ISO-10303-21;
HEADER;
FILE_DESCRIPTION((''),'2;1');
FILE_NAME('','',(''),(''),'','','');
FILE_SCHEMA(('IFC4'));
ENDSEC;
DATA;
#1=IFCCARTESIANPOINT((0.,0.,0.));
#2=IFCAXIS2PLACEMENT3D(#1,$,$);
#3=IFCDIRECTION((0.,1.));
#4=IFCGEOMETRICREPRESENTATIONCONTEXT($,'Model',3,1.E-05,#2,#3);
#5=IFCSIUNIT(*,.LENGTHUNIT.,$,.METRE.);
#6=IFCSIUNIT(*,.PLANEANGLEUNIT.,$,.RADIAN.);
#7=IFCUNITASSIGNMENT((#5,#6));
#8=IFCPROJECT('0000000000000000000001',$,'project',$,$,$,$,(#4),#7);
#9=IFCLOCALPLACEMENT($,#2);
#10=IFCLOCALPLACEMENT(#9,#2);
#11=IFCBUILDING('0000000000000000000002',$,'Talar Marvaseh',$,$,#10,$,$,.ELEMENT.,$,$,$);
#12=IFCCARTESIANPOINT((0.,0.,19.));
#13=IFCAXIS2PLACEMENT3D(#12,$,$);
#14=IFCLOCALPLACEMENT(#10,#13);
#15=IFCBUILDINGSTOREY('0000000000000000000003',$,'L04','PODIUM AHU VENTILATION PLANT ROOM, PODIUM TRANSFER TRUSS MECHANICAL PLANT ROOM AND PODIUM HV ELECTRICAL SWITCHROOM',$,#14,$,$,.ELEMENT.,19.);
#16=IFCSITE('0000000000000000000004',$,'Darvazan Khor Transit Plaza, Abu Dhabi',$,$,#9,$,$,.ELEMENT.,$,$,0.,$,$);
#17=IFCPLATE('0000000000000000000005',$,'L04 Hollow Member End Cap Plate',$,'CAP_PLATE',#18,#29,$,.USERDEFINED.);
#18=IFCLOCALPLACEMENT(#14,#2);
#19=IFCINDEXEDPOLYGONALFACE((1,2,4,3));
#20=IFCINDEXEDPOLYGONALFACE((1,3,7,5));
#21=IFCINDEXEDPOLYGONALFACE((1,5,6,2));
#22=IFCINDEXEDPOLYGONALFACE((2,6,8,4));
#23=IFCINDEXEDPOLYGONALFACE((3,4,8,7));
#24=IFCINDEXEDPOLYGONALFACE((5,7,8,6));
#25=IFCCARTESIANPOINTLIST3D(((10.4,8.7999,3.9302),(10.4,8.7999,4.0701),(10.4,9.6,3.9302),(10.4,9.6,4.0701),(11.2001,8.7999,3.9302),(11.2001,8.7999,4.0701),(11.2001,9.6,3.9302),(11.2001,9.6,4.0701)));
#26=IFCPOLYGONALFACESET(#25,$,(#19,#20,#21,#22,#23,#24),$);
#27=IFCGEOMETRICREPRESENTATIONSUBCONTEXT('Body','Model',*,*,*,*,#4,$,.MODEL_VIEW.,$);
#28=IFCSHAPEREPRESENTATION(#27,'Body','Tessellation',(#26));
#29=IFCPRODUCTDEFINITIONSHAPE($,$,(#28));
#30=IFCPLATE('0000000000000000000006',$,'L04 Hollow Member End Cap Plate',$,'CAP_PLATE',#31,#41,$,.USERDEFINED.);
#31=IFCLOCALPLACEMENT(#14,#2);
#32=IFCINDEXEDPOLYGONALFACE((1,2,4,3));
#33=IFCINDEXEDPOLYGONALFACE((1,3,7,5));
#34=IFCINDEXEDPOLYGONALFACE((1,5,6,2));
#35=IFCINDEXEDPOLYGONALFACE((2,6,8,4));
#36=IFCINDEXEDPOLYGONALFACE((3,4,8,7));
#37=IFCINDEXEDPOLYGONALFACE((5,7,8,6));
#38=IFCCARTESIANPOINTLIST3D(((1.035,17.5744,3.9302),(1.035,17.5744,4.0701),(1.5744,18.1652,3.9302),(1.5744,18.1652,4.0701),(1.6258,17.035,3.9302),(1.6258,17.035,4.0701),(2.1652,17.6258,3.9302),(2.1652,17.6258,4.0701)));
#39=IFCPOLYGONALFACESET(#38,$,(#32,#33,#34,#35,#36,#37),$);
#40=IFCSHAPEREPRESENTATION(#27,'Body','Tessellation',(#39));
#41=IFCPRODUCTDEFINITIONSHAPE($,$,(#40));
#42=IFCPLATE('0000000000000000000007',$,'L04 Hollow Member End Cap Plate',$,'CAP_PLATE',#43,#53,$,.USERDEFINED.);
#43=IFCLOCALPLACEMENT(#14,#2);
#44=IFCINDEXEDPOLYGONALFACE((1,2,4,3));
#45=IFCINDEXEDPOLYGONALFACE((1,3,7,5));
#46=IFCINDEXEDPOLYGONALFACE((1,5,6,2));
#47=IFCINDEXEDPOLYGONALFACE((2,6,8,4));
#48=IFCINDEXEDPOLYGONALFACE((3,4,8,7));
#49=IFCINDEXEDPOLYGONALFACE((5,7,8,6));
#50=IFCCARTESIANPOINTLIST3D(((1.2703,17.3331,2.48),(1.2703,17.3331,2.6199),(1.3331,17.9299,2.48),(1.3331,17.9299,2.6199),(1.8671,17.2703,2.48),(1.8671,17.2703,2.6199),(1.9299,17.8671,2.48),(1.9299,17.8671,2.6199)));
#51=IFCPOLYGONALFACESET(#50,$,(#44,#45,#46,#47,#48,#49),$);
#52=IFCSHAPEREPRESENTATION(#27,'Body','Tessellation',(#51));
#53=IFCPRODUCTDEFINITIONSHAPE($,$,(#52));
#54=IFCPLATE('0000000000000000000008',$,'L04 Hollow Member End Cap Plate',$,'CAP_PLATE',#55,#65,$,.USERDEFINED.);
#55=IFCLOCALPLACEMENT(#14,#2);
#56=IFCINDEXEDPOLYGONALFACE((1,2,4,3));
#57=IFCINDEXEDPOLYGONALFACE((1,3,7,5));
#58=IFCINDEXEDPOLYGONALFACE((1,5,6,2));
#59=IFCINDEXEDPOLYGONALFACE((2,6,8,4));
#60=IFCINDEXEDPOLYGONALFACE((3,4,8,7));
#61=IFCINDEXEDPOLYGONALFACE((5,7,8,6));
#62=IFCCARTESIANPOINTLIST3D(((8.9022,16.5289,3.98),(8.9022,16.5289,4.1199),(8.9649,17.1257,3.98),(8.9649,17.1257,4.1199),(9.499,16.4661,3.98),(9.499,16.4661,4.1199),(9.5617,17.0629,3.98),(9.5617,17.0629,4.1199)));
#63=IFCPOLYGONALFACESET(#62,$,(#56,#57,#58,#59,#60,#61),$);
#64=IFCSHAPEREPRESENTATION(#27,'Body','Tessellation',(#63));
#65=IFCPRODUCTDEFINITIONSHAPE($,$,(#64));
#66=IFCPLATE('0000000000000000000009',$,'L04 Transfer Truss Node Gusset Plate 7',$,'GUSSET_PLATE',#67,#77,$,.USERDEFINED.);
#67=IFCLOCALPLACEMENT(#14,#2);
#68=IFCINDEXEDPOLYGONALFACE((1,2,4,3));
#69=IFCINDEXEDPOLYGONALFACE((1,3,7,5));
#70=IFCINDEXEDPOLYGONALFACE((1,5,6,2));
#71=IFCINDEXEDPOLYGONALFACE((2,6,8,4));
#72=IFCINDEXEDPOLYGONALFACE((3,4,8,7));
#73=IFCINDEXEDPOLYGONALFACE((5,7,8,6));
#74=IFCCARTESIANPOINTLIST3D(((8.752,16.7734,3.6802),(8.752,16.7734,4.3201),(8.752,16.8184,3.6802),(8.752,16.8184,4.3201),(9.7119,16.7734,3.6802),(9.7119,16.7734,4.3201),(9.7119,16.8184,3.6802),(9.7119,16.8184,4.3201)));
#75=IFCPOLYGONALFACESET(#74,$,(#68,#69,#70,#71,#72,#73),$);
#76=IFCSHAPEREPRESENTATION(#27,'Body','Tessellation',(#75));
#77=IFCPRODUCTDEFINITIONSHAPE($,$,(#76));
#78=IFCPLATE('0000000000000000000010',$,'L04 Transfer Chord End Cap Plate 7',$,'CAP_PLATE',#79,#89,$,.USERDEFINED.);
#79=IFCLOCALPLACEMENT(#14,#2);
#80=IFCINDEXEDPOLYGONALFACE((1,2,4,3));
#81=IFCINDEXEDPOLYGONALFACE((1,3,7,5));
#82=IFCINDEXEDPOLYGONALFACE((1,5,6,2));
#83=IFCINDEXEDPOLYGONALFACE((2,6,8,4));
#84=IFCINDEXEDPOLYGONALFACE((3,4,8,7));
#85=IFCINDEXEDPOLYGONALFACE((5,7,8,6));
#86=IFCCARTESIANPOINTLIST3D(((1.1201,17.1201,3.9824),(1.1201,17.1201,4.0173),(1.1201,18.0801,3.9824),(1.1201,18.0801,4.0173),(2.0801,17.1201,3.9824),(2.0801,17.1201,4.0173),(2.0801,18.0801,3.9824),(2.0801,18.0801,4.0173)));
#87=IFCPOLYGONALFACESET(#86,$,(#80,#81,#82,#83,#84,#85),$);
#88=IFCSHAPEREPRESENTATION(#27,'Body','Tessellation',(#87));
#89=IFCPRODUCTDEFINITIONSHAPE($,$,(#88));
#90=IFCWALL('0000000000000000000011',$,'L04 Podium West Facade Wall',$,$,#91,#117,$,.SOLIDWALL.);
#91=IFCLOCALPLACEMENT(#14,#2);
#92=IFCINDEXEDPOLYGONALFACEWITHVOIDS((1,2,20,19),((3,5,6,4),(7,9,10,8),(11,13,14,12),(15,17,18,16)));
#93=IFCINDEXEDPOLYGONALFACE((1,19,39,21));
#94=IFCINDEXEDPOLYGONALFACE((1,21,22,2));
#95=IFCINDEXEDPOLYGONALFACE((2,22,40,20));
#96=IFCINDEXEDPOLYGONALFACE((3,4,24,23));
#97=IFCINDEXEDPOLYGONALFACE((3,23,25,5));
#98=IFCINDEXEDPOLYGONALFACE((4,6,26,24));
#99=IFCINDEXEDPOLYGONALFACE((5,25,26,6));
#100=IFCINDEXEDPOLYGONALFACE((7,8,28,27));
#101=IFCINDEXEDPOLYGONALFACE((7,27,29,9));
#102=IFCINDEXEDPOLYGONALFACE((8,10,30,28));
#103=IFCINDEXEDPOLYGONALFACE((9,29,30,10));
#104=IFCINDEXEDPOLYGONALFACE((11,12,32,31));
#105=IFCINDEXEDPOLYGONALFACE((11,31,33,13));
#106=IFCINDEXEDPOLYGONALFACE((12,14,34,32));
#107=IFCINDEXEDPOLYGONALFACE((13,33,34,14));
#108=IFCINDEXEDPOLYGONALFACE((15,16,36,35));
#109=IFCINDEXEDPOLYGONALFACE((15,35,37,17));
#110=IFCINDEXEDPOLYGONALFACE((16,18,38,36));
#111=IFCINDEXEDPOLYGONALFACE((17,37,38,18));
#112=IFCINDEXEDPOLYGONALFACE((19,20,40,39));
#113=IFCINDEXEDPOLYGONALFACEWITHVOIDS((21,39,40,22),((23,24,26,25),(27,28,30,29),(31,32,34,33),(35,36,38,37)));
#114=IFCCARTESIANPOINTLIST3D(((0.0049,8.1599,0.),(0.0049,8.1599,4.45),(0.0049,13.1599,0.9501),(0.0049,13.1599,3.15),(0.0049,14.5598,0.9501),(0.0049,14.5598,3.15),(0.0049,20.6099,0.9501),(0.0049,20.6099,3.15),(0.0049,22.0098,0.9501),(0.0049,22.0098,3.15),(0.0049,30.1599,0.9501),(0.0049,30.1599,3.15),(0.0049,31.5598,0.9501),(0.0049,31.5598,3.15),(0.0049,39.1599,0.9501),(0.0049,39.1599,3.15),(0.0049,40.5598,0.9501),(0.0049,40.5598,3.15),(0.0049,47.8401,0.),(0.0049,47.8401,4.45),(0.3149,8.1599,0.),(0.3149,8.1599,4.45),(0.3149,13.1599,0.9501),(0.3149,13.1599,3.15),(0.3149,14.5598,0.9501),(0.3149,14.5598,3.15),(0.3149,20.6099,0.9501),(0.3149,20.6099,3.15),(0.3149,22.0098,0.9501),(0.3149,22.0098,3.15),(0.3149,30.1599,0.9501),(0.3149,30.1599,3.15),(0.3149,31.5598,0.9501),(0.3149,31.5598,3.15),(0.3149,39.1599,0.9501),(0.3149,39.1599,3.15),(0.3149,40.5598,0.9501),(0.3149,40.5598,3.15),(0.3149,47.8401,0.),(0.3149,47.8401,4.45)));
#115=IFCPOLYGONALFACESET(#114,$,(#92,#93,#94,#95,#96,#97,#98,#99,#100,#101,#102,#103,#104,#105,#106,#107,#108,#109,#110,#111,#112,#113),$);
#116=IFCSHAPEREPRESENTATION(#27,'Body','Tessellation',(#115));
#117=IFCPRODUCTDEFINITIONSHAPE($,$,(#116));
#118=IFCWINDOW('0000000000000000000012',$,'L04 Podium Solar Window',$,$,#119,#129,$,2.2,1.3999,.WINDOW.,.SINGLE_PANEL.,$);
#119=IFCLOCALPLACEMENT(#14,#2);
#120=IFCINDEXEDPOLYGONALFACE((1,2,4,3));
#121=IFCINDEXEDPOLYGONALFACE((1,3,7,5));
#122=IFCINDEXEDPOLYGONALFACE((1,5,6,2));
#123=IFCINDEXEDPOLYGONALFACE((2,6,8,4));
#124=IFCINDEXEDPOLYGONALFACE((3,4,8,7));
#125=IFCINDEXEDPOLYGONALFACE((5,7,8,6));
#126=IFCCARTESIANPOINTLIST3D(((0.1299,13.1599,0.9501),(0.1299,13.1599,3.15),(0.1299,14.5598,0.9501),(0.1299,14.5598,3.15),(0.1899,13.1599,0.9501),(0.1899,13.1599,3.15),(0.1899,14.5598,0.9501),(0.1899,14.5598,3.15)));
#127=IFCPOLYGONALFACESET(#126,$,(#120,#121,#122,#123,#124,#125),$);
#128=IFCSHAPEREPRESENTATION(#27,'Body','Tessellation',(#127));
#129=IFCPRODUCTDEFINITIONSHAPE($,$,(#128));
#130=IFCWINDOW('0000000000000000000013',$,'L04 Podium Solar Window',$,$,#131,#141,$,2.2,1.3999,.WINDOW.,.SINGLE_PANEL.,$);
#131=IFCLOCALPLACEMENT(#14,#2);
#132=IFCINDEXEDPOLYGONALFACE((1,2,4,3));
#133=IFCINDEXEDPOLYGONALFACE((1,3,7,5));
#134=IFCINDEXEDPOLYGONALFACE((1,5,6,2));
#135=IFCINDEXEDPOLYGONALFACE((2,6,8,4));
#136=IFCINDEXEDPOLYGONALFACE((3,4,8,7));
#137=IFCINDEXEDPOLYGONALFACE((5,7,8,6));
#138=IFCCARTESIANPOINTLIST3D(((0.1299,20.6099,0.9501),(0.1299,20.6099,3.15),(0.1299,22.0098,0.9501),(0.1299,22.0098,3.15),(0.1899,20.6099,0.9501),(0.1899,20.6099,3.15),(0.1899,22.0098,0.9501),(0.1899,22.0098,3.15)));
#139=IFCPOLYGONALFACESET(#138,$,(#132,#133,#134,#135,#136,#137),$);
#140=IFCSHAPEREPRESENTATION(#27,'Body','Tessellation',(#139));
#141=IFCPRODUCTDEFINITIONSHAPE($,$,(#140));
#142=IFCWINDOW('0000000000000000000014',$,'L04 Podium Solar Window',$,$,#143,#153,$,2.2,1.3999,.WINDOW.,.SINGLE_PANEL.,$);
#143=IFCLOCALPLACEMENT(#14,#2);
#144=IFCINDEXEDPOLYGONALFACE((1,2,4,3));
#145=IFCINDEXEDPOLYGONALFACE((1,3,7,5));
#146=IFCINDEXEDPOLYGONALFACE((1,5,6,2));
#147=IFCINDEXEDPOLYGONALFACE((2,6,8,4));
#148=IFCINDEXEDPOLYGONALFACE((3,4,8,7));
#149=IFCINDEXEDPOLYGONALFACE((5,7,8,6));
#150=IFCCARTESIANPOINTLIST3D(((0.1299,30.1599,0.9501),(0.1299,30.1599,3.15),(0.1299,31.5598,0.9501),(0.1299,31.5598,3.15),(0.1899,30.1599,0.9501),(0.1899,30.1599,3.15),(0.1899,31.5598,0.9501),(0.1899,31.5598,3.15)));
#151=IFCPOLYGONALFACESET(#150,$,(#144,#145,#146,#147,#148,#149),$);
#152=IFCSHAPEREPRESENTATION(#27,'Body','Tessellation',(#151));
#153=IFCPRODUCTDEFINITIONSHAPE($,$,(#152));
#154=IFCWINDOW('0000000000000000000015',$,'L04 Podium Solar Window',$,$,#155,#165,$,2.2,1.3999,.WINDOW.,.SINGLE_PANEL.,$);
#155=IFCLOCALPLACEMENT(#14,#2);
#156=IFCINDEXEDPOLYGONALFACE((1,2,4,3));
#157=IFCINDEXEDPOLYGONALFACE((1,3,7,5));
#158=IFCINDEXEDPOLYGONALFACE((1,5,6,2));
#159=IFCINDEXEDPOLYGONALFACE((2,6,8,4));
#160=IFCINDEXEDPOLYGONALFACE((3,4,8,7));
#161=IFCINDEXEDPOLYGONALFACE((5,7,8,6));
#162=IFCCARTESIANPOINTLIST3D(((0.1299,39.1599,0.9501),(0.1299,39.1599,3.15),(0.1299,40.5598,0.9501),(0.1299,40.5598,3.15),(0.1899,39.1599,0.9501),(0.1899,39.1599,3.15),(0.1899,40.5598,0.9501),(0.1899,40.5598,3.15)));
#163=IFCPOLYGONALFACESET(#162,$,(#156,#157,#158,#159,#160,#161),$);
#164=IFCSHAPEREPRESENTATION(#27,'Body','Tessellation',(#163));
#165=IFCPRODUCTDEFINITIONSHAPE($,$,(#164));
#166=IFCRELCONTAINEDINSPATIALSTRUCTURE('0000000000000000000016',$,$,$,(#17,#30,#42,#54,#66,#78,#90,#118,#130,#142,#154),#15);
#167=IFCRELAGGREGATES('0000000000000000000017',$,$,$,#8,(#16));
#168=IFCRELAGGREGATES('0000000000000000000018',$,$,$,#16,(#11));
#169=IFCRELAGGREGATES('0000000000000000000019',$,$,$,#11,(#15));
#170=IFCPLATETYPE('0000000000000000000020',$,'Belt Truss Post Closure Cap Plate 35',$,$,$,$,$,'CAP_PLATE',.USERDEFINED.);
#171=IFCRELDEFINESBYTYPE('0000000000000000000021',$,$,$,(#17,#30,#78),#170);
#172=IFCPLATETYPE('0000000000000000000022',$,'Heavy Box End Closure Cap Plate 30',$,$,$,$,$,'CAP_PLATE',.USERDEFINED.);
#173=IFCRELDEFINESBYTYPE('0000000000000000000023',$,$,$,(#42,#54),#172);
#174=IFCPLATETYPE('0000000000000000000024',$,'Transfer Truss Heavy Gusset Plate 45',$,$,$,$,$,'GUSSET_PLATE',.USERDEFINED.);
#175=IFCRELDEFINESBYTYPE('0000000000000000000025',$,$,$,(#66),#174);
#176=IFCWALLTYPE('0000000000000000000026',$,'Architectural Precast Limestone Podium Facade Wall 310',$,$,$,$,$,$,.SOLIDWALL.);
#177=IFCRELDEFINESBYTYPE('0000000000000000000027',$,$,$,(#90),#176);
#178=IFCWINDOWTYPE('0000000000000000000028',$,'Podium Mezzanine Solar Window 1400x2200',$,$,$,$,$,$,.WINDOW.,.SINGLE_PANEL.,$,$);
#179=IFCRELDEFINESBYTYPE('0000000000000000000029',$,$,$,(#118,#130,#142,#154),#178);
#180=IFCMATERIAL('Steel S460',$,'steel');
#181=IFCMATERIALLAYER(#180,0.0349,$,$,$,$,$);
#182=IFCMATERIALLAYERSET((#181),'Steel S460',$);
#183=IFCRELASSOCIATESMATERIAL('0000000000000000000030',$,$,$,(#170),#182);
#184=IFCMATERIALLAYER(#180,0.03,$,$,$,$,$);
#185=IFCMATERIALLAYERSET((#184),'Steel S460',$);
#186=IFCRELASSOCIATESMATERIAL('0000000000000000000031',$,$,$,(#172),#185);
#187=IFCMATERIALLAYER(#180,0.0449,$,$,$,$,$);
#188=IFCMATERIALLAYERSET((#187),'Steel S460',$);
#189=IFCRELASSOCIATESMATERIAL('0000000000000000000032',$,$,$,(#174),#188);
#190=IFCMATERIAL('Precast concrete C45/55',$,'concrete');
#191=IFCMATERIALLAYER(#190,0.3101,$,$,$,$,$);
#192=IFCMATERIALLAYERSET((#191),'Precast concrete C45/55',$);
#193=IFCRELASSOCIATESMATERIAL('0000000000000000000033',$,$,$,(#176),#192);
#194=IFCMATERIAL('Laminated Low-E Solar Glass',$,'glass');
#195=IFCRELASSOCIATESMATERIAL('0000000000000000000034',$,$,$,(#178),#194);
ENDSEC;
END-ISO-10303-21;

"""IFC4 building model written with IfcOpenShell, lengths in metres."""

from ifc_helpers import new_model, si_unit, direction, frame, frame_2d, origin, origin_2d, place, context, subcontext, project, spatial, rectangle, extrude, source, transform, mapped, material, layer, layer_set, type_object, type_shapes, element, fill, save


model = new_model("IFC4")

# Units and contexts
model_context = context("Model", 3, precision=1e-05, world=origin(), true_north=direction((0.0, 1.0)))
body_context = subcontext(model_context, "Body", "Model", "MODEL_VIEW")
ifc_project = project(units=[si_unit("LENGTHUNIT", "METRE"), si_unit("PLANEANGLEUNIT", "RADIAN")], contexts=[model_context])

# Site, building, storey
site_placement = place(None, origin())
site = spatial("IfcSite", under=ifc_project, at=site_placement, Name="Darvazan Khor Transit Plaza, Abu Dhabi", CompositionType="ELEMENT", RefElevation=0.0)
building_placement = place(site_placement, origin())
building = spatial("IfcBuilding", under=site, at=building_placement, Name="Talar Marvaseh", CompositionType="ELEMENT")
storey_placement = place(building_placement, frame((0.0, 0.0, 19.0)))
storey = spatial("IfcBuildingStorey", under=building, at=storey_placement, Name="L04", Description="PODIUM AHU VENTILATION PLANT ROOM, PODIUM TRANSFER TRUSS MECHANICAL PLANT ROOM AND PODIUM HV ELECTRICAL SWITCHROOM", CompositionType="ELEMENT", Elevation=19.0)

# Shared definitions
ifc_material_1 = material(Name="Steel S460", Category="steel")

# Plates
ifc_layer_1 = layer(ifc_material_1, 0.0349)
ifc_layer_set_1 = layer_set([ifc_layer_1], Name="Steel S460")
plate_type_1 = type_object("IfcPlateType", Name="Belt Truss Post Closure Cap Plate 35", ElementType="CAP_PLATE", PredefinedType="USERDEFINED", material=ifc_layer_set_1)
shared_shape_1 = source(origin(), body_context, "Body", "SweptSolid", [
    extrude(rectangle(XDim=0.8, YDim=0.8, at=origin_2d()), origin(), (0.0, 0.0, 1.0), 0.1399),
])
for number, where, z_axis, x_axis, name in (
    (1, (10.8, 9.2, 3.9302), (0.0, 0.0, 1.0), (-1.0, 0.0, 0.0), "L04 Hollow Member End Cap Plate"),
    (2, (1.6001, 17.6001, 3.9302), (0.0, 0.0, 1.0), (0.738455, -0.674302, 0.0), "L04 Hollow Member End Cap Plate"),
):
    element("IfcPlate", number, at=place(storey_placement, frame(where, z_axis=z_axis, x_axis=x_axis)), inside=storey, type_object=plate_type_1, Name=name, ObjectType="CAP_PLATE", PredefinedType="USERDEFINED", context=body_context, shape_type="MappedRepresentation", body=[
        mapped(shared_shape_1, transform((0.0, 0.0, 0.0), x_axis=(1.0, 0.0, 0.0), y_axis=(0.0, 1.0, 0.0), z_axis=(0.0, 0.0, 1.0), scale=1.0)),
    ])
ifc_layer_2 = layer(ifc_material_1, 0.03)
ifc_layer_set_2 = layer_set([ifc_layer_2], Name="Steel S460")
plate_type_2 = type_object("IfcPlateType", Name="Heavy Box End Closure Cap Plate 30", ElementType="CAP_PLATE", PredefinedType="USERDEFINED", material=ifc_layer_set_2)
shared_shape_2 = source(origin(), body_context, "Body", "SweptSolid", [
    extrude(rectangle(XDim=0.6001, YDim=0.6001, at=origin_2d()), origin(), (0.0, 0.0, 1.0), 0.1399),
])
type_shapes(plate_type_2, [shared_shape_2])
for number, where, z_axis, x_axis, name in (
    (3, (1.6001, 17.6001, 2.48), (0.0, 0.0, 1.0), (0.994522, -0.104528, 0.0), "L04 Hollow Member End Cap Plate"),
    (4, (9.2319, 16.7959, 3.98), (0.0, 0.0, 1.0), (0.994522, -0.104528, 0.0), "L04 Hollow Member End Cap Plate"),
):
    element("IfcPlate", number, at=place(storey_placement, frame(where, z_axis=z_axis, x_axis=x_axis)), inside=storey, type_object=plate_type_2, Name=name, ObjectType="CAP_PLATE", PredefinedType="USERDEFINED", context=body_context, shape_type="MappedRepresentation", body=[
        mapped(shared_shape_2, transform((0.0, 0.0, 0.0), x_axis=(1.0, 0.0, 0.0), y_axis=(0.0, 1.0, 0.0), z_axis=(0.0, 0.0, 1.0), scale=1.0)),
    ])
ifc_layer_3 = layer(ifc_material_1, 0.0449)
ifc_layer_set_3 = layer_set([ifc_layer_3], Name="Steel S460")
plate_type_3 = type_object("IfcPlateType", Name="Transfer Truss Heavy Gusset Plate 45", ElementType="GUSSET_PLATE", PredefinedType="USERDEFINED", material=ifc_layer_set_3)
shared_shape_3 = source(origin(), body_context, "Body", "SweptSolid", [
    extrude(rectangle(XDim=0.96, YDim=0.0449, at=origin_2d()), origin(), (0.0, 0.0, 1.0), 0.6399),
])
type_shapes(plate_type_3, [shared_shape_3])
plate_1_placement = place(storey_placement, frame((9.2319, 16.7959, 3.6802), z_axis=(0.0, 0.0, 1.0), x_axis=(-1.0, 0.0, 0.0)))
element("IfcPlate", 5, at=plate_1_placement, inside=storey, type_object=plate_type_3, Name="L04 Transfer Truss Node Gusset Plate 7", ObjectType="GUSSET_PLATE", PredefinedType="USERDEFINED", context=body_context, shape_type="MappedRepresentation", body=[
    mapped(shared_shape_3, transform((0.0, 0.0, 0.0), x_axis=(1.0, 0.0, 0.0), y_axis=(0.0, 1.0, 0.0), z_axis=(0.0, 0.0, 1.0), scale=1.0)),
])
shared_shape_4 = source(origin(), body_context, "Body", "SweptSolid", [
    extrude(rectangle(XDim=0.96, YDim=0.96, at=origin_2d()), origin(), (0.0, 0.0, 1.0), 0.0349),
])
type_shapes(plate_type_1, [shared_shape_1, shared_shape_4])
plate_2_placement = place(storey_placement, frame((1.6001, 17.6001, 3.9824), z_axis=(0.0, 0.0, 1.0), x_axis=(1.0, 0.0, 0.0)))
element("IfcPlate", 6, at=plate_2_placement, inside=storey, type_object=plate_type_1, Name="L04 Transfer Chord End Cap Plate 7", ObjectType="CAP_PLATE", PredefinedType="USERDEFINED", context=body_context, shape_type="MappedRepresentation", body=[
    mapped(shared_shape_4, transform((0.0, 0.0, 0.0), x_axis=(1.0, 0.0, 0.0), y_axis=(0.0, 1.0, 0.0), z_axis=(0.0, 0.0, 1.0), scale=1.0)),
])

# Wall, openings, windows
ifc_material_2 = material(Name="Precast concrete C45/55", Category="concrete")
ifc_layer_4 = layer(ifc_material_2, 0.3101)
ifc_layer_set_4 = layer_set([ifc_layer_4], Name="Precast concrete C45/55")
wall_type_1 = type_object("IfcWallType", Name="Architectural Precast Limestone Podium Facade Wall 310", PredefinedType="SOLIDWALL", material=ifc_layer_set_4)
wall_1_placement = place(storey_placement, frame((0.1599, 8.1599, 0.0), z_axis=(0.0, 0.0, 1.0), x_axis=(0.0, 1.0, 0.0)))
wall_1 = element("IfcWall", 7, at=wall_1_placement, inside=storey, type_object=wall_type_1, Name="L04 Podium West Facade Wall", PredefinedType="SOLIDWALL", context=body_context, shape_type="SweptSolid", body=[
    extrude(rectangle(XDim=39.6802, YDim=0.3101, at=frame_2d((19.8401, 0.0))), origin(), (0.0, 0.0, 1.0), 4.45),
])
opening_1_placement = place(wall_1_placement, frame((5.0, 0.0, 0.95)))
opening_1 = element("IfcOpeningElement", 8, at=opening_1_placement, cuts=wall_1, PredefinedType="OPENING", context=body_context, shape_type="SweptSolid", body=[
    extrude(rectangle(XDim=1.3999, YDim=2.2, at=frame_2d((0.7, 1.1001))), frame((0.0, 0.165, 0.0), z_axis=(0.0, -1.0, 0.0), x_axis=(1.0, 0.0, 0.0)), (0.0, 0.0, 1.0), 0.3301),
])
opening_2_placement = place(wall_1_placement, frame((12.45, 0.0, 0.95)))
opening_2 = element("IfcOpeningElement", 9, at=opening_2_placement, cuts=wall_1, PredefinedType="OPENING", context=body_context, shape_type="SweptSolid", body=[
    extrude(rectangle(XDim=1.3999, YDim=2.2, at=frame_2d((0.7, 1.1001))), frame((0.0, 0.165, 0.0), z_axis=(0.0, -1.0, 0.0), x_axis=(1.0, 0.0, 0.0)), (0.0, 0.0, 1.0), 0.3301),
])
opening_3_placement = place(wall_1_placement, frame((22.0, 0.0, 0.95)))
opening_3 = element("IfcOpeningElement", 10, at=opening_3_placement, cuts=wall_1, PredefinedType="OPENING", context=body_context, shape_type="SweptSolid", body=[
    extrude(rectangle(XDim=1.3999, YDim=2.2, at=frame_2d((0.7, 1.1001))), frame((0.0, 0.165, 0.0), z_axis=(0.0, -1.0, 0.0), x_axis=(1.0, 0.0, 0.0)), (0.0, 0.0, 1.0), 0.3301),
])
opening_4_placement = place(wall_1_placement, frame((31.0, 0.0, 0.95)))
opening_4 = element("IfcOpeningElement", 11, at=opening_4_placement, cuts=wall_1, PredefinedType="OPENING", context=body_context, shape_type="SweptSolid", body=[
    extrude(rectangle(XDim=1.3999, YDim=2.2, at=frame_2d((0.7, 1.1001))), frame((0.0, 0.165, 0.0), z_axis=(0.0, -1.0, 0.0), x_axis=(1.0, 0.0, 0.0)), (0.0, 0.0, 1.0), 0.3301),
])
ifc_material_3 = material(Name="Laminated Low-E Solar Glass", Category="glass")
window_type = type_object("IfcWindowType", Name="Podium Mezzanine Solar Window 1400x2200", PartitioningType="SINGLE_PANEL", PredefinedType="WINDOW", material=ifc_material_3)
shared_shape_5 = source(origin(), body_context, "Body", "SweptSolid", [
    extrude(rectangle(XDim=1.3999, YDim=2.2, at=frame_2d((0.7, 1.1001))), frame((0.0, 0.03, 0.0), z_axis=(0.0, -1.0, 0.0), x_axis=(1.0, 0.0, 0.0)), (0.0, 0.0, 1.0), 0.0601),
])
type_shapes(window_type, [shared_shape_5])
window_1_placement = place(opening_1_placement, origin())
window_1 = element("IfcWindow", 12, at=window_1_placement, inside=storey, type_object=window_type, Name="L04 Podium Solar Window", OverallHeight=2.2, OverallWidth=1.3999, PartitioningType="SINGLE_PANEL", PredefinedType="WINDOW", context=body_context, shape_type="MappedRepresentation", body=[
    mapped(shared_shape_5, transform((0.0, 0.0, 0.0), x_axis=(1.0, 0.0, 0.0), y_axis=(0.0, 1.0, 0.0), z_axis=(0.0, 0.0, 1.0), scale=1.0)),
])
fill(opening_1, window_1)
window_2_placement = place(opening_2_placement, origin())
window_2 = element("IfcWindow", 13, at=window_2_placement, inside=storey, type_object=window_type, Name="L04 Podium Solar Window", OverallHeight=2.2, OverallWidth=1.3999, PartitioningType="SINGLE_PANEL", PredefinedType="WINDOW", context=body_context, shape_type="MappedRepresentation", body=[
    mapped(shared_shape_5, transform((0.0, 0.0, 0.0), x_axis=(1.0, 0.0, 0.0), y_axis=(0.0, 1.0, 0.0), z_axis=(0.0, 0.0, 1.0), scale=1.0)),
])
fill(opening_2, window_2)
window_3_placement = place(opening_3_placement, origin())
window_3 = element("IfcWindow", 14, at=window_3_placement, inside=storey, type_object=window_type, Name="L04 Podium Solar Window", OverallHeight=2.2, OverallWidth=1.3999, PartitioningType="SINGLE_PANEL", PredefinedType="WINDOW", context=body_context, shape_type="MappedRepresentation", body=[
    mapped(shared_shape_5, transform((0.0, 0.0, 0.0), x_axis=(1.0, 0.0, 0.0), y_axis=(0.0, 1.0, 0.0), z_axis=(0.0, 0.0, 1.0), scale=1.0)),
])
fill(opening_3, window_3)
window_4_placement = place(opening_4_placement, origin())
window_4 = element("IfcWindow", 15, at=window_4_placement, inside=storey, type_object=window_type, Name="L04 Podium Solar Window", OverallHeight=2.2, OverallWidth=1.3999, PartitioningType="SINGLE_PANEL", PredefinedType="WINDOW", context=body_context, shape_type="MappedRepresentation", body=[
    mapped(shared_shape_5, transform((0.0, 0.0, 0.0), x_axis=(1.0, 0.0, 0.0), y_axis=(0.0, 1.0, 0.0), z_axis=(0.0, 0.0, 1.0), scale=1.0)),
])
fill(opening_4, window_4)

save(model, "model.ifc")
